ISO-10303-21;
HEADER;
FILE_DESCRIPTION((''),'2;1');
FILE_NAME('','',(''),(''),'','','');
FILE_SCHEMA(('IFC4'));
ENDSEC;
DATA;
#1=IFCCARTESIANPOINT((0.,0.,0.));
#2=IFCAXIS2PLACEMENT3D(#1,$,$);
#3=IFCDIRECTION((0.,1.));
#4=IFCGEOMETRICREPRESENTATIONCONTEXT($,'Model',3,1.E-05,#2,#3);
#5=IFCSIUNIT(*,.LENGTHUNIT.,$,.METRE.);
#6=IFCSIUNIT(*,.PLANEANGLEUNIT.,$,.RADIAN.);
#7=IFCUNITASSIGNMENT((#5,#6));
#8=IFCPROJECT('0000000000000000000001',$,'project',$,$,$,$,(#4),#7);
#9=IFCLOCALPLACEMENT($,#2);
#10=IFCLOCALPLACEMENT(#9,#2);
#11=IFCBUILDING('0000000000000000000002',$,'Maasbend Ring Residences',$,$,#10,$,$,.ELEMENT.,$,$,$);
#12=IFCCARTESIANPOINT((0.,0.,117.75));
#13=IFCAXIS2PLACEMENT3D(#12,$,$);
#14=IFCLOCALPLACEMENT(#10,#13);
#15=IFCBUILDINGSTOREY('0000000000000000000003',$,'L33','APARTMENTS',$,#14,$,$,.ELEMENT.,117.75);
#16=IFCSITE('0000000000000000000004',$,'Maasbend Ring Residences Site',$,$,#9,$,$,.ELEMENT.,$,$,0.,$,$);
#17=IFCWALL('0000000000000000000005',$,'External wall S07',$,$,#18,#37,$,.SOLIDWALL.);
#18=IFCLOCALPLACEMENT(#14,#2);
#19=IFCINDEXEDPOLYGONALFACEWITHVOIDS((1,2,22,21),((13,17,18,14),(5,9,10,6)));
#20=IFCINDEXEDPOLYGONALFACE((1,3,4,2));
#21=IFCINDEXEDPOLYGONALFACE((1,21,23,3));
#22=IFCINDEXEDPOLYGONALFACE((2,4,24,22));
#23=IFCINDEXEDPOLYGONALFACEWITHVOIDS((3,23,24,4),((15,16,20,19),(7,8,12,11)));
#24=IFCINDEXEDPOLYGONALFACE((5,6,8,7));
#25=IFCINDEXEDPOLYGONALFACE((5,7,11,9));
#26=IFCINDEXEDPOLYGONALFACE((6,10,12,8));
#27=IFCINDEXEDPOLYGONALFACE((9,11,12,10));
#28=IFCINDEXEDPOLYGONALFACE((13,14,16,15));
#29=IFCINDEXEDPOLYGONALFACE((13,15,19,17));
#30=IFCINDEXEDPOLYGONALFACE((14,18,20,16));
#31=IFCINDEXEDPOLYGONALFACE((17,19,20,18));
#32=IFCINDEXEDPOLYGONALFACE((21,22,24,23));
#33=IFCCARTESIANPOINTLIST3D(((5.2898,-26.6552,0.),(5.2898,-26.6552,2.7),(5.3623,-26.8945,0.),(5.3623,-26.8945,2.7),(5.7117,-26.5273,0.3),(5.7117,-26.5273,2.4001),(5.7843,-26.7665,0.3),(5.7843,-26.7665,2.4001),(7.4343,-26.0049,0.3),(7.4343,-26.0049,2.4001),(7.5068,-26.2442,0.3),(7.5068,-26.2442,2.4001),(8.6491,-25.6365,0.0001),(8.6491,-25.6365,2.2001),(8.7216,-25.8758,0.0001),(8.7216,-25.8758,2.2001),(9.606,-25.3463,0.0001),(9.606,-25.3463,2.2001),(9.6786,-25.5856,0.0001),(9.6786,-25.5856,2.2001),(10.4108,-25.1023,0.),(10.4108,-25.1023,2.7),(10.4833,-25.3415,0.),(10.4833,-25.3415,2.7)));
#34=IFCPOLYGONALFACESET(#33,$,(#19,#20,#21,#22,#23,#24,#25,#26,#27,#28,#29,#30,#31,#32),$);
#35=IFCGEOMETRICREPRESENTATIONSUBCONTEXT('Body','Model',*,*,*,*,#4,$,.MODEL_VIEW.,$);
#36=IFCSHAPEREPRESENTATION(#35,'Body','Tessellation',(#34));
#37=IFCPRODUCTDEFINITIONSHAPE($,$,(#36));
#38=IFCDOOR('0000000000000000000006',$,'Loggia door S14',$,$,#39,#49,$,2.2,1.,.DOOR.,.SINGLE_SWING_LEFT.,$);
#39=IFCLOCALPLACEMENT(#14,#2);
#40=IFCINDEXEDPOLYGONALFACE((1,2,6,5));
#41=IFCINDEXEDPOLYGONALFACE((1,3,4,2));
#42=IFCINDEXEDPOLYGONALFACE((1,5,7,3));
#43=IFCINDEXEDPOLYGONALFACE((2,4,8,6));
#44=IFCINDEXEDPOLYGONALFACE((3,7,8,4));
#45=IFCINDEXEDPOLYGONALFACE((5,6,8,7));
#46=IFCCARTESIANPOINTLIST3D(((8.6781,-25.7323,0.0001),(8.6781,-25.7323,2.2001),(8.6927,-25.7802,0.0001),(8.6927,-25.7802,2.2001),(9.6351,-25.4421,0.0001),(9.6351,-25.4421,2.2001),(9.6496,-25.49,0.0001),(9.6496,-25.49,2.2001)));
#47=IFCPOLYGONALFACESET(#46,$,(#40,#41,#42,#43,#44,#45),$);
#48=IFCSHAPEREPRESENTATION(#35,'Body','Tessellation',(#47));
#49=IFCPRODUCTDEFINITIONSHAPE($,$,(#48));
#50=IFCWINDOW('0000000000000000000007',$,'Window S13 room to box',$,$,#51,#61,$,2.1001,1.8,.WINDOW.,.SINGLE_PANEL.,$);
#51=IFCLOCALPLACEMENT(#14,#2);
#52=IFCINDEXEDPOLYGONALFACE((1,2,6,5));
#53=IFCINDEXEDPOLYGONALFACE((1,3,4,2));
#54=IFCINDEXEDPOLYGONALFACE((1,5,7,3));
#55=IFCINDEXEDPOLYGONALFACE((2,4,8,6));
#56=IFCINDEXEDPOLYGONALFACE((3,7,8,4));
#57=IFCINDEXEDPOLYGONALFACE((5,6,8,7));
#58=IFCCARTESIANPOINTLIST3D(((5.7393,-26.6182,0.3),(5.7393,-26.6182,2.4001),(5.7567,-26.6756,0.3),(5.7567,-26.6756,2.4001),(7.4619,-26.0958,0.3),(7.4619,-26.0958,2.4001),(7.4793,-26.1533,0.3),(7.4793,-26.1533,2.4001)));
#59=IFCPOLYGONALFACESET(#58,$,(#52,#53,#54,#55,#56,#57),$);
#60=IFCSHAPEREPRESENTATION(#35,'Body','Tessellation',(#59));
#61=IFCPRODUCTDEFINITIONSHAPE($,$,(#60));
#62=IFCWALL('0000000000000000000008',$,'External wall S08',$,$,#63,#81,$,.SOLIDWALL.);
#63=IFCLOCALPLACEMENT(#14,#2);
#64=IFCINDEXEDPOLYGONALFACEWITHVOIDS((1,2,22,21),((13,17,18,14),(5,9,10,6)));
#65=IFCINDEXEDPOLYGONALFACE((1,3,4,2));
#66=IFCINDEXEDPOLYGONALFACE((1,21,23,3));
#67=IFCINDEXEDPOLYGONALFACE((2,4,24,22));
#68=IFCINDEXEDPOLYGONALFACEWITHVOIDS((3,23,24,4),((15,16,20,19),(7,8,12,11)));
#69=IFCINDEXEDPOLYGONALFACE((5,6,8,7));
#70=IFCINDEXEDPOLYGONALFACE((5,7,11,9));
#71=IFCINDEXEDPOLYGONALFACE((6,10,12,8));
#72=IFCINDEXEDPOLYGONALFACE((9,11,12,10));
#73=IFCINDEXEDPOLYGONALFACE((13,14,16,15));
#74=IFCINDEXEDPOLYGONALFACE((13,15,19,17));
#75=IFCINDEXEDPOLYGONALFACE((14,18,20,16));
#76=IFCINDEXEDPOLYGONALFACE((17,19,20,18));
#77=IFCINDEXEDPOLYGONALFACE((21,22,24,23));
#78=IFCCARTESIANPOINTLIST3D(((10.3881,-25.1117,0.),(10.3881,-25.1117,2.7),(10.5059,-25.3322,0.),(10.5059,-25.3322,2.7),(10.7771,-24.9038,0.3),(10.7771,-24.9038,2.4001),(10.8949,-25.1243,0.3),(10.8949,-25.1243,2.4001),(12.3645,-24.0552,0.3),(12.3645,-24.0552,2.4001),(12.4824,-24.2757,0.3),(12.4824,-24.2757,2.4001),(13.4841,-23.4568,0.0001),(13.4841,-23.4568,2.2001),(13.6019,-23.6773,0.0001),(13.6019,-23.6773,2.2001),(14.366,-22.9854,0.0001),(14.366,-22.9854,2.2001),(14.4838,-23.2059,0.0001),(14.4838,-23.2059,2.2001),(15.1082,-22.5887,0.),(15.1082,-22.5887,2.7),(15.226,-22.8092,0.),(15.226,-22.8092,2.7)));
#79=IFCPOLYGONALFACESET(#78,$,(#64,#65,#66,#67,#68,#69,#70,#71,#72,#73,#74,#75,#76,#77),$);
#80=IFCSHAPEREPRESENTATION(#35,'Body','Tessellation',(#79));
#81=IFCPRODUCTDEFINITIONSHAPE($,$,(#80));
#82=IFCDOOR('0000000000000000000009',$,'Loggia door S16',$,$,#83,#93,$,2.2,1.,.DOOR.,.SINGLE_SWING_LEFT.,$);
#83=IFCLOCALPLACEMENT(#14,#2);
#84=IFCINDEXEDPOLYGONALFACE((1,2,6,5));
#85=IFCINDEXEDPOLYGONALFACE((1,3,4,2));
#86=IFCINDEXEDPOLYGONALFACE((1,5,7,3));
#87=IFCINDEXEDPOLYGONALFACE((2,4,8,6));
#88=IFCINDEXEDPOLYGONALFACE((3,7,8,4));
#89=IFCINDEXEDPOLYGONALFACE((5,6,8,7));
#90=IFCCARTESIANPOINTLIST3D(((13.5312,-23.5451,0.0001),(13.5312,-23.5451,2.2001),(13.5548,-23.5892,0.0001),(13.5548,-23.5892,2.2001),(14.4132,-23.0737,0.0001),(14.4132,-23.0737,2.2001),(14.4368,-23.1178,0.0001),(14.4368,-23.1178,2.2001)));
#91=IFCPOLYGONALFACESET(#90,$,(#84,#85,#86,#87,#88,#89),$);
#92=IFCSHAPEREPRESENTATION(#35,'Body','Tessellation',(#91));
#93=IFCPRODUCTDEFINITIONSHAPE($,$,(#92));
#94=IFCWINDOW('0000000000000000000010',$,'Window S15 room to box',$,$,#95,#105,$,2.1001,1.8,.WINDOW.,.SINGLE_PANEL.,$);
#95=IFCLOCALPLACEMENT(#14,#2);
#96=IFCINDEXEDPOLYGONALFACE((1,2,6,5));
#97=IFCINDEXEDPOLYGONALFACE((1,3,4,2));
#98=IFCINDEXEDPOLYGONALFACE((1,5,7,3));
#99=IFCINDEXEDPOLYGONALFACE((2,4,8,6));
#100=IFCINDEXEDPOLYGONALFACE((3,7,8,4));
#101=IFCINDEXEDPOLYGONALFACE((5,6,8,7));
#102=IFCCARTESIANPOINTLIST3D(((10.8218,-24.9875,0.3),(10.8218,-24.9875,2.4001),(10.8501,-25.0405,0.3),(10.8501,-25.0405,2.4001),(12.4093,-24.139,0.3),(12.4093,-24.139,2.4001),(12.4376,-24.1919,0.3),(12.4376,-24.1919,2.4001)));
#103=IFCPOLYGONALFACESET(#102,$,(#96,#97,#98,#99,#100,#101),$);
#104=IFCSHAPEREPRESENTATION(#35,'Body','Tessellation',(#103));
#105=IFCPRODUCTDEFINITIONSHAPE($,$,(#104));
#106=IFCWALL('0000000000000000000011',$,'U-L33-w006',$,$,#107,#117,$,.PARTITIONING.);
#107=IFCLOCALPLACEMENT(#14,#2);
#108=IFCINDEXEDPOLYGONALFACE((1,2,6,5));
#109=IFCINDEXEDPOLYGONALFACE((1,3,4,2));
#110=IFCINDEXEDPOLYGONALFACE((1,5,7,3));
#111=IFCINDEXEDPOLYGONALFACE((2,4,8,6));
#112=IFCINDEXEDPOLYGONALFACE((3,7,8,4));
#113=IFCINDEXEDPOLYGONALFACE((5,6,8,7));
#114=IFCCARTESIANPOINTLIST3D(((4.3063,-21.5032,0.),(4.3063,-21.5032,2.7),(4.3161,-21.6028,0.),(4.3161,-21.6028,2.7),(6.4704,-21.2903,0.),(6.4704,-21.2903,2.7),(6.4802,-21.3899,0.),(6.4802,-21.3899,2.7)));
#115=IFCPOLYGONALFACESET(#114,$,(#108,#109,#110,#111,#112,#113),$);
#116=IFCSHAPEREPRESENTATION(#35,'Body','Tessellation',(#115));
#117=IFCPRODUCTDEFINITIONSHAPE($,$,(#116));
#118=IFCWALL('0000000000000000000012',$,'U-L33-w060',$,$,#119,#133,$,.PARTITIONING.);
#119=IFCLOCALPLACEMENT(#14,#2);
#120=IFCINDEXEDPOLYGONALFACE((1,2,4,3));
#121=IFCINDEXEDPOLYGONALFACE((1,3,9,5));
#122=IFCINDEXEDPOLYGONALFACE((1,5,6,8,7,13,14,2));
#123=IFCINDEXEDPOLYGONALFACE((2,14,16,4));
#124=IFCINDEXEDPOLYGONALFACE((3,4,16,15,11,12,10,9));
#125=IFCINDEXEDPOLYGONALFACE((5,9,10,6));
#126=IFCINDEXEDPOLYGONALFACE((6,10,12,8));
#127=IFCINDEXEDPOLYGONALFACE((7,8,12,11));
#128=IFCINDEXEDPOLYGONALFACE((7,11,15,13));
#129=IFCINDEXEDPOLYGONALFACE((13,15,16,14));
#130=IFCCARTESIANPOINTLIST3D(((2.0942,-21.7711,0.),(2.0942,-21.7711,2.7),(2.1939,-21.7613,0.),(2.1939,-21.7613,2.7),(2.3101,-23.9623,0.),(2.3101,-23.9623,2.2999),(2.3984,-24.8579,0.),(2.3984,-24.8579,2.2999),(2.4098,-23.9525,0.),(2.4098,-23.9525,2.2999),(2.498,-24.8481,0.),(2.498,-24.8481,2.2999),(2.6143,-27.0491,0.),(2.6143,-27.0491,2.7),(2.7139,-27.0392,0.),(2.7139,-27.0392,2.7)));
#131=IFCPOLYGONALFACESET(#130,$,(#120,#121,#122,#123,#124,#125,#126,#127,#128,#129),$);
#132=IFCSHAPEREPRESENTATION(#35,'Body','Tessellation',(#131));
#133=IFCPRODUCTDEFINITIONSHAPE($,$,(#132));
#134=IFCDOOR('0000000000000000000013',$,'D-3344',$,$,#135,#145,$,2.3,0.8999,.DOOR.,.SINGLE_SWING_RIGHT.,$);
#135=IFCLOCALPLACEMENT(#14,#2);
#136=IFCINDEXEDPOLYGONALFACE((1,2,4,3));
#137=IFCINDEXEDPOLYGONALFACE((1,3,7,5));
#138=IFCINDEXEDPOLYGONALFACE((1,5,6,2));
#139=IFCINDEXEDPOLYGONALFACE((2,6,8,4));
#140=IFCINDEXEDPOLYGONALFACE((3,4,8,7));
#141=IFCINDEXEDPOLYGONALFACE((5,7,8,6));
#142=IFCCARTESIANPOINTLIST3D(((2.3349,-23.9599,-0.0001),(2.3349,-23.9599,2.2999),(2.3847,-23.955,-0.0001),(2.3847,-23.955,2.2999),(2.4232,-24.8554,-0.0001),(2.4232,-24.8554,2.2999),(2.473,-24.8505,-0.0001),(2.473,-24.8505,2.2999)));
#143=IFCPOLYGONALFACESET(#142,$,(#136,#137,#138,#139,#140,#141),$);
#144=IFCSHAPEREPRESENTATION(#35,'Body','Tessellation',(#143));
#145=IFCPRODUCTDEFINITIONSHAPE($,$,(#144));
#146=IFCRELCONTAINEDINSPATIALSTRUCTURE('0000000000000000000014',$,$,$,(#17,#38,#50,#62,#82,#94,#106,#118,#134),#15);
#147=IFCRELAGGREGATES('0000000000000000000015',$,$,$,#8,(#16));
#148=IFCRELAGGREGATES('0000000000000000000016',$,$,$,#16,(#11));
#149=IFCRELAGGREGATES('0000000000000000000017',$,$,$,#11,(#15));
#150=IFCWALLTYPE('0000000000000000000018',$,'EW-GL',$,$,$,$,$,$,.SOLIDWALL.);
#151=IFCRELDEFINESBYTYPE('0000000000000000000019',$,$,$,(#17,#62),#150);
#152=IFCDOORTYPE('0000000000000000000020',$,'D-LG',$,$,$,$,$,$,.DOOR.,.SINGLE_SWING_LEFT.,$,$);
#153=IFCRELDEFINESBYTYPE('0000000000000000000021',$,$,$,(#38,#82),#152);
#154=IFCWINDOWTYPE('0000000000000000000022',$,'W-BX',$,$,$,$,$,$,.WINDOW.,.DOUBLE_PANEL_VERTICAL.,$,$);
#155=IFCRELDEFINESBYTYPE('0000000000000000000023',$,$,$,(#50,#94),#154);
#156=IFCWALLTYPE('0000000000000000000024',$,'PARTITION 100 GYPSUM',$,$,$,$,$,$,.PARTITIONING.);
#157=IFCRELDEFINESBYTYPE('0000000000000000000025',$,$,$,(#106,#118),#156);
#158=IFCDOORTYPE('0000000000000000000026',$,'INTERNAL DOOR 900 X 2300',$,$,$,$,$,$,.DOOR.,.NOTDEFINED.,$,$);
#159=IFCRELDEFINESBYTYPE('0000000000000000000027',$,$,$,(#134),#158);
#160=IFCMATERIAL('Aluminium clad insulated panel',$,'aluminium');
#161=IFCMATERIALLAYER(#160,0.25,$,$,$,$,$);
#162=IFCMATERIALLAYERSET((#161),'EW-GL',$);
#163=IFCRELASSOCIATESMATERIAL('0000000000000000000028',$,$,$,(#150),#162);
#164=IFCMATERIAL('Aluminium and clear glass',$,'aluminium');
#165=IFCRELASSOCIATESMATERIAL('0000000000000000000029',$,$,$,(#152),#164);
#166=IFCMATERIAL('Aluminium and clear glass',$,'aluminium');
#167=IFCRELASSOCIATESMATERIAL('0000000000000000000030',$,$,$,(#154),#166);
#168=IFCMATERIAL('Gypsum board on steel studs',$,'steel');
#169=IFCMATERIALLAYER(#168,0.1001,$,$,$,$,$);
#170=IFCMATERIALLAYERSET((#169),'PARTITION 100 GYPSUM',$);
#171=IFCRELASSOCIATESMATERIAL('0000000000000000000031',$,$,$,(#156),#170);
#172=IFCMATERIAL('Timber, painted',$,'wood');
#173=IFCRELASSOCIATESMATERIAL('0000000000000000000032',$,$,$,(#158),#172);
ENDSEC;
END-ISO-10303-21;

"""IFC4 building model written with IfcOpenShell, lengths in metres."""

from ifc_helpers import new_model, si_unit, direction, frame, frame_2d, origin, place, context, subcontext, project, spatial, rectangle, extrude, material, layer, layer_set, type_object, element, fill, save


model = new_model("IFC4")

# Units and contexts
model_context = context("Model", 3, precision=1e-05, world=origin(), true_north=direction((0.0, 1.0)))
body_context = subcontext(model_context, "Body", "Model", "MODEL_VIEW")
ifc_project = project(units=[si_unit("LENGTHUNIT", "METRE"), si_unit("PLANEANGLEUNIT", "RADIAN")], contexts=[model_context])

# Site, building, storey
site_placement = place(None, origin())
site = spatial("IfcSite", under=ifc_project, at=site_placement, Name="Maasbend Ring Residences Site", CompositionType="ELEMENT", RefElevation=0.0)
building_placement = place(site_placement, origin())
building = spatial("IfcBuilding", under=site, at=building_placement, Name="Maasbend Ring Residences", CompositionType="ELEMENT")
storey_placement = place(building_placement, frame((0.0, 0.0, 117.75)))
storey = spatial("IfcBuildingStorey", under=building, at=storey_placement, Name="L33", Description="APARTMENTS", CompositionType="ELEMENT", Elevation=117.75)

# Walls, openings, doors, windows
ifc_material_1 = material(Name="Aluminium clad insulated panel", Category="aluminium")
ifc_layer_1 = layer(ifc_material_1, 0.25)
ifc_layer_set_1 = layer_set([ifc_layer_1], Name="EW-GL")
wall_type_1 = type_object("IfcWallType", Name="EW-GL", PredefinedType="SOLIDWALL", material=ifc_layer_set_1)
wall_1_placement = place(storey_placement, frame((5.3259, -26.7749, 0.0), z_axis=(0.0, 0.0, 1.0), x_axis=(0.956966, 0.290201, 0.0)))
wall_1 = element("IfcWall", 1, at=wall_1_placement, inside=storey, type_object=wall_type_1, Name="External wall S07", PredefinedType="SOLIDWALL", context=body_context, shape_type="SweptSolid", body=[
    extrude(rectangle(XDim=5.3513, YDim=0.25, at=frame_2d((2.6758, 0.0))), origin(), (0.0, 0.0, 1.0), 2.7),
])
opening_1_placement = place(wall_1_placement, frame((0.4412, 0.0, 0.3)))
opening_1 = element("IfcOpeningElement", 2, at=opening_1_placement, cuts=wall_1, PredefinedType="OPENING", context=body_context, shape_type="SweptSolid", body=[
    extrude(rectangle(XDim=1.8, YDim=2.1001, at=frame_2d((0.8999, 1.05))), frame((0.0, 0.135, 0.0), z_axis=(0.0, -1.0, 0.0), x_axis=(1.0, 0.0, 0.0)), (0.0, 0.0, 1.0), 0.27),
])
opening_2_placement = place(wall_1_placement, frame((3.5105, 0.0, 0.0)))
opening_2 = element("IfcOpeningElement", 3, at=opening_2_placement, cuts=wall_1, PredefinedType="OPENING", context=body_context, shape_type="SweptSolid", body=[
    extrude(rectangle(XDim=1.0, YDim=2.2, at=frame_2d((0.5, 1.1001))), frame((0.0, 0.135, 0.0), z_axis=(0.0, -1.0, 0.0), x_axis=(1.0, 0.0, 0.0)), (0.0, 0.0, 1.0), 0.27),
])
ifc_material_2 = material(Name="Aluminium and clear glass", Category="aluminium")
door_type_1 = type_object("IfcDoorType", Name="D-LG", OperationType="SINGLE_SWING_LEFT", PredefinedType="DOOR", material=ifc_material_2)
door_1_placement = place(opening_2_placement, origin())
door_1 = element("IfcDoor", 4, at=door_1_placement, inside=storey, type_object=door_type_1, Name="Loggia door S14", OperationType="SINGLE_SWING_LEFT", OverallHeight=2.2, OverallWidth=1.0, PredefinedType="DOOR", context=body_context, shape_type="SweptSolid", body=[
    extrude(rectangle(XDim=1.0, YDim=2.2, at=frame_2d((0.5, 1.1001))), frame((0.0, 0.0249, 0.0), z_axis=(0.0, -1.0, 0.0), x_axis=(1.0, 0.0, 0.0)), (0.0, 0.0, 1.0), 0.05),
])
fill(opening_2, door_1)
ifc_material_3 = material(Name="Aluminium and clear glass", Category="aluminium")
window_type_1 = type_object("IfcWindowType", Name="W-BX", PartitioningType="DOUBLE_PANEL_VERTICAL", PredefinedType="WINDOW", material=ifc_material_3)
window_1_placement = place(opening_1_placement, origin())
window_1 = element("IfcWindow", 5, at=window_1_placement, inside=storey, type_object=window_type_1, Name="Window S13 room to box", OverallHeight=2.1001, OverallWidth=1.8, PartitioningType="SINGLE_PANEL", PredefinedType="WINDOW", context=body_context, shape_type="SweptSolid", body=[
    extrude(rectangle(XDim=1.8, YDim=2.1001, at=frame_2d((0.8999, 1.05))), frame((0.0, 0.03, 0.0), z_axis=(0.0, -1.0, 0.0), x_axis=(1.0, 0.0, 0.0)), (0.0, 0.0, 1.0), 0.0601),
])
fill(opening_1, window_1)
wall_2_placement = place(storey_placement, frame((10.447, -25.2219, 0.0), z_axis=(0.0, 0.0, 1.0), x_axis=(0.881916, 0.471407, 0.0)))
wall_2 = element("IfcWall", 6, at=wall_2_placement, inside=storey, type_object=wall_type_1, Name="External wall S08", PredefinedType="SOLIDWALL", context=body_context, shape_type="SweptSolid", body=[
    extrude(rectangle(XDim=5.3521, YDim=0.25, at=frame_2d((2.676, 0.0))), origin(), (0.0, 0.0, 1.0), 2.7),
])
opening_3_placement = place(wall_2_placement, frame((0.4412, 0.0, 0.3)))
opening_3 = element("IfcOpeningElement", 7, at=opening_3_placement, cuts=wall_2, PredefinedType="OPENING", context=body_context, shape_type="SweptSolid", body=[
    extrude(rectangle(XDim=1.8, YDim=2.1001, at=frame_2d((0.8999, 1.05))), frame((0.0, 0.135, 0.0), z_axis=(0.0, -1.0, 0.0), x_axis=(1.0, 0.0, 0.0)), (0.0, 0.0, 1.0), 0.27),
])
opening_4_placement = place(wall_2_placement, frame((3.5105, 0.0, 0.0)))
opening_4 = element("IfcOpeningElement", 8, at=opening_4_placement, cuts=wall_2, PredefinedType="OPENING", context=body_context, shape_type="SweptSolid", body=[
    extrude(rectangle(XDim=1.0, YDim=2.2, at=frame_2d((0.5, 1.1001))), frame((0.0, 0.135, 0.0), z_axis=(0.0, -1.0, 0.0), x_axis=(1.0, 0.0, 0.0)), (0.0, 0.0, 1.0), 0.27),
])
door_2_placement = place(opening_4_placement, origin())
door_2 = element("IfcDoor", 9, at=door_2_placement, inside=storey, type_object=door_type_1, Name="Loggia door S16", OperationType="SINGLE_SWING_LEFT", OverallHeight=2.2, OverallWidth=1.0, PredefinedType="DOOR", context=body_context, shape_type="SweptSolid", body=[
    extrude(rectangle(XDim=1.0, YDim=2.2, at=frame_2d((0.5, 1.1001))), frame((0.0, 0.0249, 0.0), z_axis=(0.0, -1.0, 0.0), x_axis=(1.0, 0.0, 0.0)), (0.0, 0.0, 1.0), 0.05),
])
fill(opening_4, door_2)
window_2_placement = place(opening_3_placement, origin())
window_2 = element("IfcWindow", 10, at=window_2_placement, inside=storey, type_object=window_type_1, Name="Window S15 room to box", OverallHeight=2.1001, OverallWidth=1.8, PartitioningType="SINGLE_PANEL", PredefinedType="WINDOW", context=body_context, shape_type="SweptSolid", body=[
    extrude(rectangle(XDim=1.8, YDim=2.1001, at=frame_2d((0.8999, 1.05))), frame((0.0, 0.03, 0.0), z_axis=(0.0, -1.0, 0.0), x_axis=(1.0, 0.0, 0.0)), (0.0, 0.0, 1.0), 0.0601),
])
fill(opening_3, window_2)

# Wall
ifc_material_4 = material(Name="Gypsum board on steel studs", Category="steel")
ifc_layer_2 = layer(ifc_material_4, 0.1001)
ifc_layer_set_2 = layer_set([ifc_layer_2], Name="PARTITION 100 GYPSUM")
wall_type_2 = type_object("IfcWallType", Name="PARTITION 100 GYPSUM", PredefinedType="PARTITIONING", material=ifc_layer_set_2)
wall_3_placement = place(storey_placement, frame((4.311, -21.553, 0.0), z_axis=(0.0, 0.0, 1.0), x_axis=(0.995196, 0.097903, 0.0)))
element("IfcWall", 11, at=wall_3_placement, inside=storey, type_object=wall_type_2, Name="U-L33-w006", PredefinedType="PARTITIONING", context=body_context, shape_type="SweptSolid", body=[
    extrude(rectangle(XDim=2.1746, YDim=0.1001, at=frame_2d((1.0874, 0.0))), origin(), (0.0, 0.0, 1.0), 2.7),
])

# Wall, opening, door
wall_4_placement = place(storey_placement, frame((2.144, -21.7661, 0.0), z_axis=(0.0, 0.0, 1.0), x_axis=(0.098054, -0.995181, 0.0)))
wall_4 = element("IfcWall", 12, at=wall_4_placement, inside=storey, type_object=wall_type_2, Name="U-L33-w060", PredefinedType="PARTITIONING", context=body_context, shape_type="SweptSolid", body=[
    extrude(rectangle(XDim=5.3035, YDim=0.1001, at=frame_2d((2.6519, 0.0))), origin(), (0.0, 0.0, 1.0), 2.7),
])
opening_5_placement = place(wall_4_placement, frame((2.2019, 0.0, 0.0)))
opening_5 = element("IfcOpeningElement", 13, at=opening_5_placement, cuts=wall_4, PredefinedType="OPENING", context=body_context, shape_type="SweptSolid", body=[
    extrude(rectangle(XDim=0.8999, YDim=2.3, at=frame_2d((0.45, 1.1499))), frame((0.0, 0.0601, 0.0), z_axis=(0.0, -1.0, 0.0), x_axis=(1.0, 0.0, 0.0)), (0.0, 0.0, 1.0), 0.1201),
])
ifc_material_5 = material(Name="Timber, painted", Category="wood")
door_type_2 = type_object("IfcDoorType", Name="INTERNAL DOOR 900 X 2300", OperationType="NOTDEFINED", PredefinedType="DOOR", material=ifc_material_5)
door_3_placement = place(opening_5_placement, origin())
door_3 = element("IfcDoor", 14, at=door_3_placement, inside=storey, type_object=door_type_2, Name="D-3344", OperationType="SINGLE_SWING_RIGHT", OverallHeight=2.3, OverallWidth=0.8999, PredefinedType="DOOR", context=body_context, shape_type="SweptSolid", body=[
    extrude(rectangle(XDim=0.8999, YDim=2.3, at=frame_2d((0.45, 1.1499))), frame((0.0, 0.0249, 0.0), z_axis=(0.0, -1.0, 0.0), x_axis=(1.0, 0.0, 0.0)), (0.0, 0.0, 1.0), 0.05),
])
fill(opening_5, door_3)

save(model, "model.ifc")
